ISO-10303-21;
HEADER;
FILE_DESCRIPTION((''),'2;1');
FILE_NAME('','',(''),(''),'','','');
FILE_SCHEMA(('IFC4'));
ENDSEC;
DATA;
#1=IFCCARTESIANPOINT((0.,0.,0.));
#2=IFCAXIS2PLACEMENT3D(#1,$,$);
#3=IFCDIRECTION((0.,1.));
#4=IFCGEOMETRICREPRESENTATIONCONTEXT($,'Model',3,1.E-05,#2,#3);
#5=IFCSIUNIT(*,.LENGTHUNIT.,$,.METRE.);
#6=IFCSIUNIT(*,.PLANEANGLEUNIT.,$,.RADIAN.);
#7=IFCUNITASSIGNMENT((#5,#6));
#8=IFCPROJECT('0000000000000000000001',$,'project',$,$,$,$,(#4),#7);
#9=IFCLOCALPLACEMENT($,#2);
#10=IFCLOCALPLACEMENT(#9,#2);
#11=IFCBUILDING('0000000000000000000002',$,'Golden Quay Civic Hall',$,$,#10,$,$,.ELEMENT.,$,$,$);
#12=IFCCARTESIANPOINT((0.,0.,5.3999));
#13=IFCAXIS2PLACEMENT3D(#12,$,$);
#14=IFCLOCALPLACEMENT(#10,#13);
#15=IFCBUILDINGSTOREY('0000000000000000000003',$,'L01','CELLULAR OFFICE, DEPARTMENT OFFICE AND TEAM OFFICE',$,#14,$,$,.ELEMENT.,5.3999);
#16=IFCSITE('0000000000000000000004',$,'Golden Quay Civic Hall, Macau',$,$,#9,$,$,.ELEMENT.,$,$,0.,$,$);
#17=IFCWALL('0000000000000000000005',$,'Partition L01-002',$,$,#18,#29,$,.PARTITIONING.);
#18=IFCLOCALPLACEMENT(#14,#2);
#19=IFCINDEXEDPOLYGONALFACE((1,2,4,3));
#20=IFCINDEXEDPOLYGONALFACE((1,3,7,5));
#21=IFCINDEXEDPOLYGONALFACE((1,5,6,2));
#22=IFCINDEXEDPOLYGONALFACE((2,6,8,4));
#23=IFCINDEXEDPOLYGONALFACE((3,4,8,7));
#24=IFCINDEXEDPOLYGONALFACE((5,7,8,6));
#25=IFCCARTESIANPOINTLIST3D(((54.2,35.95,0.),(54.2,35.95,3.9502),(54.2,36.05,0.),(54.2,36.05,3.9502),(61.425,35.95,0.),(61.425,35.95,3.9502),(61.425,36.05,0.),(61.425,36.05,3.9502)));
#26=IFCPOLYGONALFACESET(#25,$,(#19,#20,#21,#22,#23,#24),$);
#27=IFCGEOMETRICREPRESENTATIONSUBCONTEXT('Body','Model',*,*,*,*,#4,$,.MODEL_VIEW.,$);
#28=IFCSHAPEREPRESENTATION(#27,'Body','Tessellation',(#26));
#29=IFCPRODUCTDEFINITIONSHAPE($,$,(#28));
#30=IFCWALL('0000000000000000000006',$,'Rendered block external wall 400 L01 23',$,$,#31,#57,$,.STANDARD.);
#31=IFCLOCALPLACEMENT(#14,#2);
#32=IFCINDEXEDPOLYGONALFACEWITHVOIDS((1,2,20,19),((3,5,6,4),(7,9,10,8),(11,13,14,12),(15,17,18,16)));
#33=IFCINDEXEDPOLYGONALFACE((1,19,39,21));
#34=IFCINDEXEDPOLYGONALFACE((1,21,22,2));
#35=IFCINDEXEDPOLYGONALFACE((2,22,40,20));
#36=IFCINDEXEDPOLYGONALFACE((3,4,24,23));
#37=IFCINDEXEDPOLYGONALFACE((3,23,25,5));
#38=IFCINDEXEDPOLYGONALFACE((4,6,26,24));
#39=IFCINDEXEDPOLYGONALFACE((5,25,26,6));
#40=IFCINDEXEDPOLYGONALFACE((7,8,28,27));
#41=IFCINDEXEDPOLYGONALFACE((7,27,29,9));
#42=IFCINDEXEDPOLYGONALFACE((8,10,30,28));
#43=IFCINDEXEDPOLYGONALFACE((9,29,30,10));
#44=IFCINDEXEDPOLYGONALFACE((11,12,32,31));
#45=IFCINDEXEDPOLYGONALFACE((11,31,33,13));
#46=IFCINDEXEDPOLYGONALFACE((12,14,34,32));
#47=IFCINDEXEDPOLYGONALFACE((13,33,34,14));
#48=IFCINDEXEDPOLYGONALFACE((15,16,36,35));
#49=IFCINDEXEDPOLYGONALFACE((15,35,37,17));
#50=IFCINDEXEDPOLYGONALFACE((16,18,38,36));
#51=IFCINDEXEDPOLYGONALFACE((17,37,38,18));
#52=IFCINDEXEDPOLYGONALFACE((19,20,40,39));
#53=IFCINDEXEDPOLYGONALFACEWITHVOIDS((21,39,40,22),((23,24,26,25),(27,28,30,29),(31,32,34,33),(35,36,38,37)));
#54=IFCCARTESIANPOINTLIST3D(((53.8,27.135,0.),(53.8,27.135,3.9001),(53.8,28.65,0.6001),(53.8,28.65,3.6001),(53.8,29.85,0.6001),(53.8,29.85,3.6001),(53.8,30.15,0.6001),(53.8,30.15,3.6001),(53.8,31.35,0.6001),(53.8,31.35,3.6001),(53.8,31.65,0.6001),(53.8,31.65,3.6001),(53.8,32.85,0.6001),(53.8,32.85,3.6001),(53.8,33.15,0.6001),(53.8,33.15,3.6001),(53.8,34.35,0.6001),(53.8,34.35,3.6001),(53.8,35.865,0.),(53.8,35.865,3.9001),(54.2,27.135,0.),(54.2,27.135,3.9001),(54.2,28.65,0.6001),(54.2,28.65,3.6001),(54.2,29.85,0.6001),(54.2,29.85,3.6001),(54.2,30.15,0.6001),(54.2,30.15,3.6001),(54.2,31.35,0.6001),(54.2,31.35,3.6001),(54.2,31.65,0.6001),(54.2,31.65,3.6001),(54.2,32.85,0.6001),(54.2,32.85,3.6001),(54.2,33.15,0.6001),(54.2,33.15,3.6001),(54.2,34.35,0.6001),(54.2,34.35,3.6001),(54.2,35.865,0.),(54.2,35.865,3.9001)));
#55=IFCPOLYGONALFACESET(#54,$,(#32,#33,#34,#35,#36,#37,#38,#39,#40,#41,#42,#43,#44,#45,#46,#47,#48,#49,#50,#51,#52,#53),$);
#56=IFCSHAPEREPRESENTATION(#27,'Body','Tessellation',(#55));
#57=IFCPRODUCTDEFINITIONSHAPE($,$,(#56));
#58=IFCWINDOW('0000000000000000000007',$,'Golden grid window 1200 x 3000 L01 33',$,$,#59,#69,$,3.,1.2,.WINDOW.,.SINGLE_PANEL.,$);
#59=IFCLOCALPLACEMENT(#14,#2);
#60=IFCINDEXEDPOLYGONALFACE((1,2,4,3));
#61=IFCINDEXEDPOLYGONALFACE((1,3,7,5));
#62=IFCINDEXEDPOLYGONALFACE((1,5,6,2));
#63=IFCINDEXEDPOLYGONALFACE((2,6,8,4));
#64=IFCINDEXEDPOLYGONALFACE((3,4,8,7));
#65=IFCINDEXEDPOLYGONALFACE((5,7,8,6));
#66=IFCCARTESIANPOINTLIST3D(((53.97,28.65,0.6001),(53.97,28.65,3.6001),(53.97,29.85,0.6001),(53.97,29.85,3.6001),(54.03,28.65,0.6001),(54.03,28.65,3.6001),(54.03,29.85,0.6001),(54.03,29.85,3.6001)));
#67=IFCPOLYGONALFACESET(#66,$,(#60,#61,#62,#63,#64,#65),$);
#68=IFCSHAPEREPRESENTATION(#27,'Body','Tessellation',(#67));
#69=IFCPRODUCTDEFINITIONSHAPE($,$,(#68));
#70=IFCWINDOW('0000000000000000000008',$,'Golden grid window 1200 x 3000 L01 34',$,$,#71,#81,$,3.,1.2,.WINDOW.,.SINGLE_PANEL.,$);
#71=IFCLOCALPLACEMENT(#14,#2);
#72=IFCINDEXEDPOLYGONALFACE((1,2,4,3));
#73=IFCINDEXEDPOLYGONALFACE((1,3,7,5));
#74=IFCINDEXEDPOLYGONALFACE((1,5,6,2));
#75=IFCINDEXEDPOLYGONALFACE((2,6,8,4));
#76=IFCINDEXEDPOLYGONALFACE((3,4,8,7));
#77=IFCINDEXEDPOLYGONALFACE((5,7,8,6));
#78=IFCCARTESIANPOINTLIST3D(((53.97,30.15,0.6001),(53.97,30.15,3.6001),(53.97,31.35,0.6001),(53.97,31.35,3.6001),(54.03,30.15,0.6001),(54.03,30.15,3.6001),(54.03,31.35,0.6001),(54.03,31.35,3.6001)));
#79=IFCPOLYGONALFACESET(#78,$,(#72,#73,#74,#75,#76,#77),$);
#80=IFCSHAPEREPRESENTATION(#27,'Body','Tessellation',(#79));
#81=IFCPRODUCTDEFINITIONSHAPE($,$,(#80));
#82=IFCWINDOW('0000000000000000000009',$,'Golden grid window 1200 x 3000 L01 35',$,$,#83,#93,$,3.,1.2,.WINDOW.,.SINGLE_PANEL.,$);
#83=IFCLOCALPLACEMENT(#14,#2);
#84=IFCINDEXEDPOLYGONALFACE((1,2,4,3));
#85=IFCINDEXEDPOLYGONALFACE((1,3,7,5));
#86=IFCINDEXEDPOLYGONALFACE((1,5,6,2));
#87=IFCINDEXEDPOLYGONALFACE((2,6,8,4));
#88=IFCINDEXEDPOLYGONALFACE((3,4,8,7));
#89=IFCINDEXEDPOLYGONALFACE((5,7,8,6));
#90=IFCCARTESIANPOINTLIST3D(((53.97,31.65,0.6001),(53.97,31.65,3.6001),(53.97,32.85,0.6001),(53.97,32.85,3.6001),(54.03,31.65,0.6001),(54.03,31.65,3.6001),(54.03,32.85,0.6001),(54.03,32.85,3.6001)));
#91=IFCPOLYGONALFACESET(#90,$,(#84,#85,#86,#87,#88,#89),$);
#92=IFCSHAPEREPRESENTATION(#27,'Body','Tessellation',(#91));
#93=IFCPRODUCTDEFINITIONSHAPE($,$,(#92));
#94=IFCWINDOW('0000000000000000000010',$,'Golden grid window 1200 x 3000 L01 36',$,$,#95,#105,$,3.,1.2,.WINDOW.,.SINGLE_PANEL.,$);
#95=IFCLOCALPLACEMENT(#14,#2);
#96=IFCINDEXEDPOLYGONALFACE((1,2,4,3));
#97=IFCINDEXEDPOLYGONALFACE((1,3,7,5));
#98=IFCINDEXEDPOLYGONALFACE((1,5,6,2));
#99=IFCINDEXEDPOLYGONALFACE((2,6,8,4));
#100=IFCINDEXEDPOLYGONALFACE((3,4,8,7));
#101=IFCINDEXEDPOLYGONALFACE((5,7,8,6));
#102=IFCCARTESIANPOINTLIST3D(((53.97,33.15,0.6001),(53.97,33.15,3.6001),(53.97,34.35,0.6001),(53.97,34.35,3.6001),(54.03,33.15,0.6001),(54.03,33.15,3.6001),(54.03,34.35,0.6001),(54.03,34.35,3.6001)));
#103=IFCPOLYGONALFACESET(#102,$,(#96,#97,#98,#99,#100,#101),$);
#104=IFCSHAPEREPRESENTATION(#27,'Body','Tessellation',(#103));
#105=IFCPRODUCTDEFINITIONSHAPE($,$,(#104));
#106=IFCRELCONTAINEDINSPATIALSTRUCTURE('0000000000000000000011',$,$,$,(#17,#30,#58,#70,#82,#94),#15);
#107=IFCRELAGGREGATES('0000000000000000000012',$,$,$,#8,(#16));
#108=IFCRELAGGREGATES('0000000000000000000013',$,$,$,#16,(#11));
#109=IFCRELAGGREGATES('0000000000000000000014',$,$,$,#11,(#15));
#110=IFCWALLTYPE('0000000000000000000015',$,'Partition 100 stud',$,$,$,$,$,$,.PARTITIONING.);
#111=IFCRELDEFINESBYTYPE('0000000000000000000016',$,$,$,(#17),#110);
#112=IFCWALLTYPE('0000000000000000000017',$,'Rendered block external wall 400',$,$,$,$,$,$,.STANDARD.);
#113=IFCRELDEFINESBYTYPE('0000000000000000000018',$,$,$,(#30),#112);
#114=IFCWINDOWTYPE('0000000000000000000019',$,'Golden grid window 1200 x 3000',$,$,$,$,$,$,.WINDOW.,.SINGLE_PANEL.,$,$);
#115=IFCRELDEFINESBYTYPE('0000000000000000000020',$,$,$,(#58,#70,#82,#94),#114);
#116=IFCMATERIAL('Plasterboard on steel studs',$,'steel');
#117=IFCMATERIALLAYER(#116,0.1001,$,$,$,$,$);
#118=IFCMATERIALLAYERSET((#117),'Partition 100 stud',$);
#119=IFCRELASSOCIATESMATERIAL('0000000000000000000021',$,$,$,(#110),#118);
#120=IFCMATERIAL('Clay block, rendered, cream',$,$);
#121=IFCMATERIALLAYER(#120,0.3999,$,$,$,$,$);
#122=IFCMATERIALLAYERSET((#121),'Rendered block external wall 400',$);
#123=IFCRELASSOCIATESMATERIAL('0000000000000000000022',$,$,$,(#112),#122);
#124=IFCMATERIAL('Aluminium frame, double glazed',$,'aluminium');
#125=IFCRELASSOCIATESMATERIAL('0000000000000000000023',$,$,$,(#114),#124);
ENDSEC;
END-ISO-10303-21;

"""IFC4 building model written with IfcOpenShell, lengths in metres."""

from ifc_helpers import new_model, si_unit, direction, frame, frame_2d, origin, place, context, subcontext, project, spatial, rectangle, extrude, material, layer, layer_set, type_object, element, fill, save


model = new_model("IFC4")

# Units and contexts
model_context = context("Model", 3, precision=1e-05, world=origin(), true_north=direction((0.0, 1.0)))
body_context = subcontext(model_context, "Body", "Model", "MODEL_VIEW")
ifc_project = project(units=[si_unit("LENGTHUNIT", "METRE"), si_unit("PLANEANGLEUNIT", "RADIAN")], contexts=[model_context])

# Site, building, storey
site_placement = place(None, origin())
site = spatial("IfcSite", under=ifc_project, at=site_placement, Name="Golden Quay Civic Hall, Macau", CompositionType="ELEMENT", RefElevation=0.0)
building_placement = place(site_placement, origin())
building = spatial("IfcBuilding", under=site, at=building_placement, Name="Golden Quay Civic Hall", CompositionType="ELEMENT")
storey_placement = place(building_placement, frame((0.0, 0.0, 5.3999)))
storey = spatial("IfcBuildingStorey", under=building, at=storey_placement, Name="L01", Description="CELLULAR OFFICE, DEPARTMENT OFFICE AND TEAM OFFICE", CompositionType="ELEMENT", Elevation=5.3999)

# Wall
ifc_material_1 = material(Name="Plasterboard on steel studs", Category="steel")
ifc_layer_1 = layer(ifc_material_1, 0.1001)
ifc_layer_set_1 = layer_set([ifc_layer_1], Name="Partition 100 stud")
wall_type_1 = type_object("IfcWallType", Name="Partition 100 stud", PredefinedType="PARTITIONING", material=ifc_layer_set_1)
for number, where, z_axis, x_axis, name in (
    (1, (54.2, 36.0, 0.0), (0.0, 0.0, 1.0), (1.0, 0.0, 0.0), "Partition L01-002"),
):
    element("IfcWall", number, at=place(storey_placement, frame(where, z_axis=z_axis, x_axis=x_axis)), inside=storey, type_object=wall_type_1, Name=name, PredefinedType="PARTITIONING", context=body_context, shape_type="SweptSolid", body=[
        extrude(rectangle(XDim=7.2251, YDim=0.1001, at=frame_2d((3.6125, 0.0))), origin(), (0.0, 0.0, 1.0), 3.9502),
    ])

# Wall, openings, windows
ifc_material_2 = material(Name="Clay block, rendered, cream")
ifc_layer_2 = layer(ifc_material_2, 0.3999)
ifc_layer_set_2 = layer_set([ifc_layer_2], Name="Rendered block external wall 400")
wall_type_2 = type_object("IfcWallType", Name="Rendered block external wall 400", PredefinedType="STANDARD", material=ifc_layer_set_2)
wall_1_placement = place(storey_placement, frame((54.0, 27.135, 0.0), z_axis=(0.0, 0.0, 1.0), x_axis=(0.0, 1.0, 0.0)))
wall_1 = element("IfcWall", 2, at=wall_1_placement, inside=storey, type_object=wall_type_2, Name="Rendered block external wall 400 L01 23", PredefinedType="STANDARD", context=body_context, shape_type="SweptSolid", body=[
    extrude(rectangle(XDim=8.73, YDim=0.3999, at=frame_2d((4.365, 0.0))), origin(), (0.0, 0.0, 1.0), 3.9001),
])
opening_1_placement = place(wall_1_placement, frame((1.5149, 0.0, 0.6001)))
opening_1 = element("IfcOpeningElement", 3, at=opening_1_placement, cuts=wall_1, PredefinedType="OPENING", context=body_context, shape_type="SweptSolid", body=[
    extrude(rectangle(XDim=1.2, YDim=3.0, at=frame_2d((0.6001, 1.5))), frame((0.0, 0.21, 0.0), z_axis=(0.0, -1.0, 0.0), x_axis=(1.0, 0.0, 0.0)), (0.0, 0.0, 1.0), 0.4199),
])
opening_2_placement = place(wall_1_placement, frame((3.0149, 0.0, 0.6001)))
opening_2 = element("IfcOpeningElement", 4, at=opening_2_placement, cuts=wall_1, PredefinedType="OPENING", context=body_context, shape_type="SweptSolid", body=[
    extrude(rectangle(XDim=1.2, YDim=3.0, at=frame_2d((0.6001, 1.5))), frame((0.0, 0.21, 0.0), z_axis=(0.0, -1.0, 0.0), x_axis=(1.0, 0.0, 0.0)), (0.0, 0.0, 1.0), 0.4199),
])
opening_3_placement = place(wall_1_placement, frame((4.5149, 0.0, 0.6001)))
opening_3 = element("IfcOpeningElement", 5, at=opening_3_placement, cuts=wall_1, PredefinedType="OPENING", context=body_context, shape_type="SweptSolid", body=[
    extrude(rectangle(XDim=1.2, YDim=3.0, at=frame_2d((0.6001, 1.5))), frame((0.0, 0.21, 0.0), z_axis=(0.0, -1.0, 0.0), x_axis=(1.0, 0.0, 0.0)), (0.0, 0.0, 1.0), 0.4199),
])
opening_4_placement = place(wall_1_placement, frame((6.0149, 0.0, 0.6001)))
opening_4 = element("IfcOpeningElement", 6, at=opening_4_placement, cuts=wall_1, PredefinedType="OPENING", context=body_context, shape_type="SweptSolid", body=[
    extrude(rectangle(XDim=1.2, YDim=3.0, at=frame_2d((0.6001, 1.5))), frame((0.0, 0.21, 0.0), z_axis=(0.0, -1.0, 0.0), x_axis=(1.0, 0.0, 0.0)), (0.0, 0.0, 1.0), 0.4199),
])
ifc_material_3 = material(Name="Aluminium frame, double glazed", Category="aluminium")
window_type = type_object("IfcWindowType", Name="Golden grid window 1200 x 3000", PartitioningType="SINGLE_PANEL", PredefinedType="WINDOW", material=ifc_material_3)
window_1_placement = place(opening_1_placement, origin())
window_1 = element("IfcWindow", 7, at=window_1_placement, inside=storey, type_object=window_type, Name="Golden grid window 1200 x 3000 L01 33", OverallHeight=3.0, OverallWidth=1.2, PartitioningType="SINGLE_PANEL", PredefinedType="WINDOW", context=body_context, shape_type="SweptSolid", body=[
    extrude(rectangle(XDim=1.2, YDim=3.0, at=frame_2d((0.6001, 1.5))), frame((0.0, 0.03, 0.0), z_axis=(0.0, -1.0, 0.0), x_axis=(1.0, 0.0, 0.0)), (0.0, 0.0, 1.0), 0.0601),
])
fill(opening_1, window_1)
window_2_placement = place(opening_2_placement, origin())
window_2 = element("IfcWindow", 8, at=window_2_placement, inside=storey, type_object=window_type, Name="Golden grid window 1200 x 3000 L01 34", OverallHeight=3.0, OverallWidth=1.2, PartitioningType="SINGLE_PANEL", PredefinedType="WINDOW", context=body_context, shape_type="SweptSolid", body=[
    extrude(rectangle(XDim=1.2, YDim=3.0, at=frame_2d((0.6001, 1.5))), frame((0.0, 0.03, 0.0), z_axis=(0.0, -1.0, 0.0), x_axis=(1.0, 0.0, 0.0)), (0.0, 0.0, 1.0), 0.0601),
])
fill(opening_2, window_2)
window_3_placement = place(opening_3_placement, origin())
window_3 = element("IfcWindow", 9, at=window_3_placement, inside=storey, type_object=window_type, Name="Golden grid window 1200 x 3000 L01 35", OverallHeight=3.0, OverallWidth=1.2, PartitioningType="SINGLE_PANEL", PredefinedType="WINDOW", context=body_context, shape_type="SweptSolid", body=[
    extrude(rectangle(XDim=1.2, YDim=3.0, at=frame_2d((0.6001, 1.5))), frame((0.0, 0.03, 0.0), z_axis=(0.0, -1.0, 0.0), x_axis=(1.0, 0.0, 0.0)), (0.0, 0.0, 1.0), 0.0601),
])
fill(opening_3, window_3)
window_4_placement = place(opening_4_placement, origin())
window_4 = element("IfcWindow", 10, at=window_4_placement, inside=storey, type_object=window_type, Name="Golden grid window 1200 x 3000 L01 36", OverallHeight=3.0, OverallWidth=1.2, PartitioningType="SINGLE_PANEL", PredefinedType="WINDOW", context=body_context, shape_type="SweptSolid", body=[
    extrude(rectangle(XDim=1.2, YDim=3.0, at=frame_2d((0.6001, 1.5))), frame((0.0, 0.03, 0.0), z_axis=(0.0, -1.0, 0.0), x_axis=(1.0, 0.0, 0.0)), (0.0, 0.0, 1.0), 0.0601),
])
fill(opening_4, window_4)

save(model, "model.ifc")
